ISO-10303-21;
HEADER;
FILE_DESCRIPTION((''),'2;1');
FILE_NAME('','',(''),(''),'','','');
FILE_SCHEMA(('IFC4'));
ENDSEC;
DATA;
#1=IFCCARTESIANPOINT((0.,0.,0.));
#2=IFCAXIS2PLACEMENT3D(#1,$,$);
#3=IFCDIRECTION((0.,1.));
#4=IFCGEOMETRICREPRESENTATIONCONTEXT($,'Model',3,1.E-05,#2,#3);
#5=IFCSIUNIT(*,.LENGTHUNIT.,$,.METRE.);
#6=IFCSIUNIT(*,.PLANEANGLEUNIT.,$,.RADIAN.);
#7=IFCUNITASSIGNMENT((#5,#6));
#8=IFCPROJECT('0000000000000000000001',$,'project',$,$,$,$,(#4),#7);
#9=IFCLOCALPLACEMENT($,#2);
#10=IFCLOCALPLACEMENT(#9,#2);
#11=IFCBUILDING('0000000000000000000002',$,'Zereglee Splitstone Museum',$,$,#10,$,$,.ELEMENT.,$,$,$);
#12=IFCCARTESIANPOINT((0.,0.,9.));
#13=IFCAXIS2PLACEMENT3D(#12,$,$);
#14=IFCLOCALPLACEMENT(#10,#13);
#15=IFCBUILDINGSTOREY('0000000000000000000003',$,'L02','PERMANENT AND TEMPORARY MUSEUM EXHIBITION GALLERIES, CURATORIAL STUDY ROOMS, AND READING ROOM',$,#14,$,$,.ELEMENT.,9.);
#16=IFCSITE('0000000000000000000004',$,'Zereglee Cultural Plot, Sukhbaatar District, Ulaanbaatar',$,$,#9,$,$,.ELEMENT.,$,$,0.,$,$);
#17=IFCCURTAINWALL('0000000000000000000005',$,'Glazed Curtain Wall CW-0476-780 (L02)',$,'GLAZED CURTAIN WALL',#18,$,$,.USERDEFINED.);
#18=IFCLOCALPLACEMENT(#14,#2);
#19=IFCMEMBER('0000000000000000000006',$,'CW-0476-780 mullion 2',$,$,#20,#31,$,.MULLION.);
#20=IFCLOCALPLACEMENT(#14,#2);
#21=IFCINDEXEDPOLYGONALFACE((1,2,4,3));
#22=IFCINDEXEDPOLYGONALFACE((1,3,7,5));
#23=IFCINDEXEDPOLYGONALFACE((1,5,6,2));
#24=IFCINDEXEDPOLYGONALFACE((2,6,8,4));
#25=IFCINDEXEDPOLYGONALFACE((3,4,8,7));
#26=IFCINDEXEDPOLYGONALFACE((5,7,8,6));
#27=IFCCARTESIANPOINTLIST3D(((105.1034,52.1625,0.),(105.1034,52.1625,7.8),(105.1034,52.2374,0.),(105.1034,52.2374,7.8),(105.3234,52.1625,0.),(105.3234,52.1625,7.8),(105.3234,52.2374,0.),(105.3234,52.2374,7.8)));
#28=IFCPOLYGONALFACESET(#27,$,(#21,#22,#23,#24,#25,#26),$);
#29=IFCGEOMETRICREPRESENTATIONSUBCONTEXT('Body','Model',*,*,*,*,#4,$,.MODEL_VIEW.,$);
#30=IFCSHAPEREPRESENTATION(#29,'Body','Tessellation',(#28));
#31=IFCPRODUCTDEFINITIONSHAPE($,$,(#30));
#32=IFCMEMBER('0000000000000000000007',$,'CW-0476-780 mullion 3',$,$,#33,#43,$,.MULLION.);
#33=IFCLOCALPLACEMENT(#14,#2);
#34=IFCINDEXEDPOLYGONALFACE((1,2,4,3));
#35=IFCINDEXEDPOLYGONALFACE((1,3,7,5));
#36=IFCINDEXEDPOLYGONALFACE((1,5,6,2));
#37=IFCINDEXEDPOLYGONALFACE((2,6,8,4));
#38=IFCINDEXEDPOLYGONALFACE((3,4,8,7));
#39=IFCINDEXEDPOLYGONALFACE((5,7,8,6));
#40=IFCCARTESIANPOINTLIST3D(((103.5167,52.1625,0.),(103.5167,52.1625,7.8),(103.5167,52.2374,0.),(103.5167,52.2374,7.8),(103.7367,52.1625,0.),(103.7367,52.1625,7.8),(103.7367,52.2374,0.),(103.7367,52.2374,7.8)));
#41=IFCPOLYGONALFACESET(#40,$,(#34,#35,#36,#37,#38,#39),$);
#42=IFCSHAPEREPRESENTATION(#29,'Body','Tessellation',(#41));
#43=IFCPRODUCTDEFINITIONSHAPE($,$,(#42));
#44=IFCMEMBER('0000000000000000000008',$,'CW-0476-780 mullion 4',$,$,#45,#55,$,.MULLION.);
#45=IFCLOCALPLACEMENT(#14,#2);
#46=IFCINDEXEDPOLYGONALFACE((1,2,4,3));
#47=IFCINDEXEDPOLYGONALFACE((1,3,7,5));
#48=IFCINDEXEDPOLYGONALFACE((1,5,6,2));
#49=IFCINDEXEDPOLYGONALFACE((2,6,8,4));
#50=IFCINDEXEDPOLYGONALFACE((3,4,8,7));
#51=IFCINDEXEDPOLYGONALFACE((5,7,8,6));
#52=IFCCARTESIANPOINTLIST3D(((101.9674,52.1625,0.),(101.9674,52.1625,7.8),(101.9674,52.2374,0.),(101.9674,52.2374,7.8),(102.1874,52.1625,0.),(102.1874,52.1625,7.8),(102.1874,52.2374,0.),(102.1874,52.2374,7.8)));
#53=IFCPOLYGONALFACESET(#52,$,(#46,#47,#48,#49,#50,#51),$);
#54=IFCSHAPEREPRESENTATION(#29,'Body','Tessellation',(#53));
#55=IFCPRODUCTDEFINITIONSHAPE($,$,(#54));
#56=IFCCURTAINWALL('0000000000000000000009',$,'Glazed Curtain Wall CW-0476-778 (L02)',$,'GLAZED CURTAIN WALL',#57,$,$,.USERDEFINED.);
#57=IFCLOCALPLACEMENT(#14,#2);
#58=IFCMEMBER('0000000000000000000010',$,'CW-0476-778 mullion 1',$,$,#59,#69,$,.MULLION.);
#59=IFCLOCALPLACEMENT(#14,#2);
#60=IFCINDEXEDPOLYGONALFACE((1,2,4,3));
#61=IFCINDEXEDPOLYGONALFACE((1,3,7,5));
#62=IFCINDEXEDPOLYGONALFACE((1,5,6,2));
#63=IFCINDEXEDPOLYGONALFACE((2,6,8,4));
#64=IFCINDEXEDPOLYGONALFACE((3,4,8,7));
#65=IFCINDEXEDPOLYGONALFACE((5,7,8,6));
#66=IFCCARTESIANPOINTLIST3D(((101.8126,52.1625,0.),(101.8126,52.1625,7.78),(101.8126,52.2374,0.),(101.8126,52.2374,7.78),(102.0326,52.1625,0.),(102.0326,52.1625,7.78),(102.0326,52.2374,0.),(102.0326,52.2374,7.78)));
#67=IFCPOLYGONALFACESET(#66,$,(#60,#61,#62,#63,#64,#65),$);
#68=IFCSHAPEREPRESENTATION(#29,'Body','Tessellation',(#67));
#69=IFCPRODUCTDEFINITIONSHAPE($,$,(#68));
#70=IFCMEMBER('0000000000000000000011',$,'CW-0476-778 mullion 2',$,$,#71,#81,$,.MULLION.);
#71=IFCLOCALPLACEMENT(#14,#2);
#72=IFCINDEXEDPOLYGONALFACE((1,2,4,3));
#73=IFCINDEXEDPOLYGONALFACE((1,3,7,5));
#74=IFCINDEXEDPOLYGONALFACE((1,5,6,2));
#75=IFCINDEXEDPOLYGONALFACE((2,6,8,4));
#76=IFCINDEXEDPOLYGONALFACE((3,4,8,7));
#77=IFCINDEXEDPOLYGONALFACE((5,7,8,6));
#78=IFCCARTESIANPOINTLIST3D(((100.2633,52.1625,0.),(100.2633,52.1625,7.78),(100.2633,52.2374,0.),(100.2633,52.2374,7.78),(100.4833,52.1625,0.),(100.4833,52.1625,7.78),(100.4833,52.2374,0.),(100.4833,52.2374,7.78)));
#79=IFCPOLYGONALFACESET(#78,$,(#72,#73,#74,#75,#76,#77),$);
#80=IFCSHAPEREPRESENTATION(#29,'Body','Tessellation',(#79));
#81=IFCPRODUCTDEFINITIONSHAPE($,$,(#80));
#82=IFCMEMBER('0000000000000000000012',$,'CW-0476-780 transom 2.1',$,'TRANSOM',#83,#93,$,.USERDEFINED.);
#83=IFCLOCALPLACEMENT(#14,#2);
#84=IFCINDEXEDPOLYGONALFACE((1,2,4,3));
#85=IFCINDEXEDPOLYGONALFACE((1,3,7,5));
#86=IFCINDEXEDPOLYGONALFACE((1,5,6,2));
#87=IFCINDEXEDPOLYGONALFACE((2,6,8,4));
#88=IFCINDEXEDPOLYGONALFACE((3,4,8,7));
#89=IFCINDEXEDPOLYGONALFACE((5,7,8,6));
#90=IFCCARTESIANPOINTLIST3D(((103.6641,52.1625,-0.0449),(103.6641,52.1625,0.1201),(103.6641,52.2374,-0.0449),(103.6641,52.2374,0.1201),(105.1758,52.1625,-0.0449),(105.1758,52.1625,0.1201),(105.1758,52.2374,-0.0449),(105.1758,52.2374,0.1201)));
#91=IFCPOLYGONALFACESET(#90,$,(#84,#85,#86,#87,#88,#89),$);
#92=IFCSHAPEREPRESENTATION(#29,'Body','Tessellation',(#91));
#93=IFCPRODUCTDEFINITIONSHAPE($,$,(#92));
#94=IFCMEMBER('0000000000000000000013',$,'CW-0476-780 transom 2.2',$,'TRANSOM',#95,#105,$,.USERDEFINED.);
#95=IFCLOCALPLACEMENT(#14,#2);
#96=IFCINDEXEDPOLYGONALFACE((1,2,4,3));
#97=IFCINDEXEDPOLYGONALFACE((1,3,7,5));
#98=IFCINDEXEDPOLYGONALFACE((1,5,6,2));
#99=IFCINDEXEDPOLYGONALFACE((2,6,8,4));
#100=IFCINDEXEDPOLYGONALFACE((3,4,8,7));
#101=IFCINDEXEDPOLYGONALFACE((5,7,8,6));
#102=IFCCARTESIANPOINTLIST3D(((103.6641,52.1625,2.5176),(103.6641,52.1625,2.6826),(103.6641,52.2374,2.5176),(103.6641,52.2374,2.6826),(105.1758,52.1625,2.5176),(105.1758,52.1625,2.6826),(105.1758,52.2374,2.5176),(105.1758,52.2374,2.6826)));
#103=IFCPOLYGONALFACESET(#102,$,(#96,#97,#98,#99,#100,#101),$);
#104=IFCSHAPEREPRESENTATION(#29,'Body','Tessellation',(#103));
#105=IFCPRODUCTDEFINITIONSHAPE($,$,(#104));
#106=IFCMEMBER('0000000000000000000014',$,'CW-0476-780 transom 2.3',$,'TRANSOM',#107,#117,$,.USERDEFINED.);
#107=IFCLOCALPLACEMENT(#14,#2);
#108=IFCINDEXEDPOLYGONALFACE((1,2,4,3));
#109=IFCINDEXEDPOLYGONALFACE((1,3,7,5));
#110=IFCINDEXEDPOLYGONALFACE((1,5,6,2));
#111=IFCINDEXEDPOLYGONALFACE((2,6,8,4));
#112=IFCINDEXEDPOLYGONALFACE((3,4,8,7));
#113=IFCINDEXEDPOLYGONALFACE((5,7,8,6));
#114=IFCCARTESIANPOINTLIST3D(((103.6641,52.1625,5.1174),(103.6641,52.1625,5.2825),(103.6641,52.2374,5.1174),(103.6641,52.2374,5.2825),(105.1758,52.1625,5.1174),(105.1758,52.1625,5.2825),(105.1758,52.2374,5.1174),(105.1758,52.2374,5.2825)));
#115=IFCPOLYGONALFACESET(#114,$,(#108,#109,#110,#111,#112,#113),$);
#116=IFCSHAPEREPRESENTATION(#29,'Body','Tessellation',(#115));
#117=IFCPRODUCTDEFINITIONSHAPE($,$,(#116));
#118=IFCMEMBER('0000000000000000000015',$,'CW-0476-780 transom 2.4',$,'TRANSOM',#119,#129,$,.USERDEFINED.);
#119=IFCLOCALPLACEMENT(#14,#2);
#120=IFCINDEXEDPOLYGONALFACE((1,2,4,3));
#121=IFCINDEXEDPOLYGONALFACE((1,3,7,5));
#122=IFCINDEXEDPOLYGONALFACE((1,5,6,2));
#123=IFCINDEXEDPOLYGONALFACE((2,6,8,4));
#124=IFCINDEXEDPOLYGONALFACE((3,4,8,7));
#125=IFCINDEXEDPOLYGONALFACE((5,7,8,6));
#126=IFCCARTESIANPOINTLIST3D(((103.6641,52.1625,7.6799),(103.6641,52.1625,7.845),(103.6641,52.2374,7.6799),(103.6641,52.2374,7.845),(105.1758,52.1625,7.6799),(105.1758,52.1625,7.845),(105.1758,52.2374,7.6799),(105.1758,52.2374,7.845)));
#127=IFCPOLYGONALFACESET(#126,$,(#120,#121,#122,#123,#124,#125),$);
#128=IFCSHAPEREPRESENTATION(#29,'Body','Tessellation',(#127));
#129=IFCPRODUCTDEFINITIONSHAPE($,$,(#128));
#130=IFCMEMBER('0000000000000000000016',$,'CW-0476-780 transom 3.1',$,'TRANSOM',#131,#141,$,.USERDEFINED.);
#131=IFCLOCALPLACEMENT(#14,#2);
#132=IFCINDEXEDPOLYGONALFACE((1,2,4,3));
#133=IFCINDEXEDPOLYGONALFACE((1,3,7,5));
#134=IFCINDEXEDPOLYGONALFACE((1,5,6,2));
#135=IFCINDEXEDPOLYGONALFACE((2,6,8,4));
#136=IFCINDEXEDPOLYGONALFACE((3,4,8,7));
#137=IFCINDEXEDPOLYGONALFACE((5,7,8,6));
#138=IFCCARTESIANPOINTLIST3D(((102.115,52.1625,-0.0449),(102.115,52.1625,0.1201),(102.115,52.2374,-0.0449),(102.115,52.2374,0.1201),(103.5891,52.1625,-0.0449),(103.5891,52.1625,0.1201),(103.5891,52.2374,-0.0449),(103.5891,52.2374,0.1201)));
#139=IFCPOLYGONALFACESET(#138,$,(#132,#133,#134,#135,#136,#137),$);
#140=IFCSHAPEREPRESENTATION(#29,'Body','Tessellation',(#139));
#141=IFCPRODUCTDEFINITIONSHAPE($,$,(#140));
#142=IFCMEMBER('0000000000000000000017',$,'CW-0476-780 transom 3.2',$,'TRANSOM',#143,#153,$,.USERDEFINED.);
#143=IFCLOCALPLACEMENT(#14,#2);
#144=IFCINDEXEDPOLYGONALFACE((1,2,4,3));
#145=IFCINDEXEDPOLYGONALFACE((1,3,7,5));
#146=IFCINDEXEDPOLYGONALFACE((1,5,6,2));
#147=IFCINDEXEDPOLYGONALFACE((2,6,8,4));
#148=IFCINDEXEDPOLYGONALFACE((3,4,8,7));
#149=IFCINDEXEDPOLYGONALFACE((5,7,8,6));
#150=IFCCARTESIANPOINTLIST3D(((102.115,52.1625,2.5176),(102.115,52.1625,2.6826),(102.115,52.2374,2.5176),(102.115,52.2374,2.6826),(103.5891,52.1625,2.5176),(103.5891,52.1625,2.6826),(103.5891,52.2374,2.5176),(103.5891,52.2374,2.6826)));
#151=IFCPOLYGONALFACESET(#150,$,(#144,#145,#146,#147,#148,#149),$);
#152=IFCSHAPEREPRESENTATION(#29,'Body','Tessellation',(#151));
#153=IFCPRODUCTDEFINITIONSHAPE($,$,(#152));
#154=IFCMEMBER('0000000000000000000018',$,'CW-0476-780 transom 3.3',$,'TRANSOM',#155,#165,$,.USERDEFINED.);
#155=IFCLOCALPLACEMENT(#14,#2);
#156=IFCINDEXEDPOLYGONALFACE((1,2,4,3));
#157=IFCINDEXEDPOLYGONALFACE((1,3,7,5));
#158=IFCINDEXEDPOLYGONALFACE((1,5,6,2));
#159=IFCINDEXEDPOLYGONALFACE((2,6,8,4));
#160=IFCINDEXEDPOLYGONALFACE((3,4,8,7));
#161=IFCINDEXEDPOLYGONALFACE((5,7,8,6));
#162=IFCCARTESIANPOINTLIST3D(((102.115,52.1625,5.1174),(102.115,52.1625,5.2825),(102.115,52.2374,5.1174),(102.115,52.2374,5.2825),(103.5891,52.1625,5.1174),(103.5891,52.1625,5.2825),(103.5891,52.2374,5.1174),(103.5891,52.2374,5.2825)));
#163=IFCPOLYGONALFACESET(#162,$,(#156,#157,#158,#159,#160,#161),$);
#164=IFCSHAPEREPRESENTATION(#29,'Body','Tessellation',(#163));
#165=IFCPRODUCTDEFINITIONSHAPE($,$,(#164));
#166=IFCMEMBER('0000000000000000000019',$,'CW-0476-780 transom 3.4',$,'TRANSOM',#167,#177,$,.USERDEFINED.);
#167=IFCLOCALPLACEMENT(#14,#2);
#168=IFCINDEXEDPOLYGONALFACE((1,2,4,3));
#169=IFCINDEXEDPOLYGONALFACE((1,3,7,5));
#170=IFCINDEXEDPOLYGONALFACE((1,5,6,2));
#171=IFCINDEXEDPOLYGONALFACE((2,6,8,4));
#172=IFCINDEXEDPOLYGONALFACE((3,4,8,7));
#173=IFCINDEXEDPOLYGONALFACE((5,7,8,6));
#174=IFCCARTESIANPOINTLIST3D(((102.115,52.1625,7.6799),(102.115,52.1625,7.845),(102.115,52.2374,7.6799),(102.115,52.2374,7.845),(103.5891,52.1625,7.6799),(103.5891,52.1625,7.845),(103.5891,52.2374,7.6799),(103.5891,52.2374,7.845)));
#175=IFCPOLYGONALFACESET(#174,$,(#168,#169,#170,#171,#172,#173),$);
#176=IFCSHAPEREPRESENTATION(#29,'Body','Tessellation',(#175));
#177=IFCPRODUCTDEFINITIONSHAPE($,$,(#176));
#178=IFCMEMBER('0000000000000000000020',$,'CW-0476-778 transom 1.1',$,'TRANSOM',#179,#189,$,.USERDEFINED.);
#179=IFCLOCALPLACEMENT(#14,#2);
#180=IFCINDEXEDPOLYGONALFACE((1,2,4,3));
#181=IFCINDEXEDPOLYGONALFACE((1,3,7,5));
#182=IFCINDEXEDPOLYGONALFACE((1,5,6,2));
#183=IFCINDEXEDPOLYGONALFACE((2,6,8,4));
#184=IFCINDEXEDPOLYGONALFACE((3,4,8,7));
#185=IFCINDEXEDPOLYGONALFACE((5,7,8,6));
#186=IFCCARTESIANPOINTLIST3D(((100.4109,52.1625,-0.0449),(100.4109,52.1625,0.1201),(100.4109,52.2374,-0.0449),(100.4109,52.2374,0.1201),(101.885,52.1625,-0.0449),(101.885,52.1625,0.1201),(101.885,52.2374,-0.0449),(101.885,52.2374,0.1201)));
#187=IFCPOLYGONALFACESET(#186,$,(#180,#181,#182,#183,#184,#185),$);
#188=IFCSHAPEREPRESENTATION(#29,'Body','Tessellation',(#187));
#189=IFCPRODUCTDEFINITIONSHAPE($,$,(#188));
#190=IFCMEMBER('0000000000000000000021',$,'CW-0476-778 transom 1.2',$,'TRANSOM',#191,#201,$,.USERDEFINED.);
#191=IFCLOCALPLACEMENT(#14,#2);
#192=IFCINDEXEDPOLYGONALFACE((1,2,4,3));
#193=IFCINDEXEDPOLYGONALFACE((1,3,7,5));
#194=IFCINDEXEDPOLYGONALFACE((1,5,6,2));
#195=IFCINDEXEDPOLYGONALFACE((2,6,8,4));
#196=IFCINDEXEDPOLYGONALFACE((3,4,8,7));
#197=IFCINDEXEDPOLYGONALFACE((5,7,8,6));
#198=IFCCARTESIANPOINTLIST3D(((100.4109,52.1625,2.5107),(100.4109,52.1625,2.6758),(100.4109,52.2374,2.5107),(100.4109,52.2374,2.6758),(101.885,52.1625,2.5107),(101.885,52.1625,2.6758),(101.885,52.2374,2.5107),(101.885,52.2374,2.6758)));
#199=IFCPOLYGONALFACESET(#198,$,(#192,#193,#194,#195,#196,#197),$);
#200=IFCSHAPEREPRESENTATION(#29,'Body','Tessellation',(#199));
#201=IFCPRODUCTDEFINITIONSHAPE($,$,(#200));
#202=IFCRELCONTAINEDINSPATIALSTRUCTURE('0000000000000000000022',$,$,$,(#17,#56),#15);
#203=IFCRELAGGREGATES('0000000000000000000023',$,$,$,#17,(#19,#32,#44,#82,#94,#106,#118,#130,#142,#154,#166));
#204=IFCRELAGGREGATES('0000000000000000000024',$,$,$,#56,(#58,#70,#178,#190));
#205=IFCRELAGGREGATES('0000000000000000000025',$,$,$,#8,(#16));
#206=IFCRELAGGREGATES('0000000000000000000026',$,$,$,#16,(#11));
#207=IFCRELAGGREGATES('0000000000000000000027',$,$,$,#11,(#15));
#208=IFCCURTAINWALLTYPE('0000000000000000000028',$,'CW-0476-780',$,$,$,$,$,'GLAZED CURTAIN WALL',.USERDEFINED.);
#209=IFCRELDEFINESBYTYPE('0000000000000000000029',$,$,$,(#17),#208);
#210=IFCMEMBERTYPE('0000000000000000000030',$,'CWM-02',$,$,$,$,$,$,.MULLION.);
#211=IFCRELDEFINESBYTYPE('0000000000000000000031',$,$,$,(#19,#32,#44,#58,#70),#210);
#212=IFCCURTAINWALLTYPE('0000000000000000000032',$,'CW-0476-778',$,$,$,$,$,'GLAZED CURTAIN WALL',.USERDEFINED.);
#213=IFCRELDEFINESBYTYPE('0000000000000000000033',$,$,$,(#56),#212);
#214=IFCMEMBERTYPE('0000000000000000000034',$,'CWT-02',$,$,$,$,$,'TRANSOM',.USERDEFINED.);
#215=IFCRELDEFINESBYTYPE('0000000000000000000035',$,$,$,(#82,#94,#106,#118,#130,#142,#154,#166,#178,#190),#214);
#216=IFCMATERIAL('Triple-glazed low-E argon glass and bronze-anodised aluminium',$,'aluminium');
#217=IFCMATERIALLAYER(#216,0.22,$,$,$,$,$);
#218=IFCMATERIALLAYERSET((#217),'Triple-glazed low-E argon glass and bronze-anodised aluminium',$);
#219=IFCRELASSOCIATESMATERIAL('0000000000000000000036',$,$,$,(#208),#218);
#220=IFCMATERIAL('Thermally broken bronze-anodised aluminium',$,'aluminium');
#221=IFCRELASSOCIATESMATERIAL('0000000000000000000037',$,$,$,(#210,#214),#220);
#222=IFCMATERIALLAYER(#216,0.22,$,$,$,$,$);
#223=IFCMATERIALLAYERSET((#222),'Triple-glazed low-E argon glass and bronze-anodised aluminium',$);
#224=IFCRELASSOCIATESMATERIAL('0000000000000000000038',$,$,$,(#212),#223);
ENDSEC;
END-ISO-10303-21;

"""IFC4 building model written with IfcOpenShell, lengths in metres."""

from ifc_helpers import new_model, si_unit, direction, frame, origin, origin_2d, place, context, subcontext, project, spatial, rectangle, extrude, material, layer, layer_set, material_profile, profile_set, type_object, element, aggregate, save


model = new_model("IFC4")

# Units and contexts
model_context = context("Model", 3, precision=1e-05, world=origin(), true_north=direction((0.0, 1.0)))
body_context = subcontext(model_context, "Body", "Model", "MODEL_VIEW")
ifc_project = project(units=[si_unit("LENGTHUNIT", "METRE"), si_unit("PLANEANGLEUNIT", "RADIAN")], contexts=[model_context])

# Site, building, storey
site_placement = place(None, origin())
site = spatial("IfcSite", under=ifc_project, at=site_placement, Name="Zereglee Cultural Plot, Sukhbaatar District, Ulaanbaatar", CompositionType="ELEMENT", RefElevation=0.0)
building_placement = place(site_placement, origin())
building = spatial("IfcBuilding", under=site, at=building_placement, Name="Zereglee Splitstone Museum", CompositionType="ELEMENT")
storey_placement = place(building_placement, frame((0.0, 0.0, 9.0)))
storey = spatial("IfcBuildingStorey", under=building, at=storey_placement, Name="L02", Description="PERMANENT AND TEMPORARY MUSEUM EXHIBITION GALLERIES, CURATORIAL STUDY ROOMS, AND READING ROOM", CompositionType="ELEMENT", Elevation=9.0)

# Curtain walls, members
ifc_material_1 = material(Name="Triple-glazed low-E argon glass and bronze-anodised aluminium", Category="aluminium")
ifc_layer_1 = layer(ifc_material_1, 0.22)
ifc_layer_set_1 = layer_set([ifc_layer_1], Name="Triple-glazed low-E argon glass and bronze-anodised aluminium")
curtain_wall_type_1 = type_object("IfcCurtainWallType", Name="CW-0476-780", ElementType="GLAZED CURTAIN WALL", PredefinedType="USERDEFINED", material=ifc_layer_set_1)
curtain_wall_1_placement = place(storey_placement, origin())
curtain_wall_1 = element("IfcCurtainWall", 1, at=curtain_wall_1_placement, inside=storey, type_object=curtain_wall_type_1, Name="Glazed Curtain Wall CW-0476-780 (L02)", ObjectType="GLAZED CURTAIN WALL", PredefinedType="USERDEFINED")
ifc_material_2 = material(Name="Thermally broken bronze-anodised aluminium", Category="aluminium")
ifc_material_profile_1 = material_profile(ifc_material_2, rectangle(XDim=0.075, YDim=0.22, at=origin_2d()), Name="CW MULL 75x220")
ifc_profile_set_1 = profile_set([ifc_material_profile_1], Name="Thermally broken bronze-anodised aluminium")
member_type_1 = type_object("IfcMemberType", Name="CWM-02", PredefinedType="MULLION", material=ifc_profile_set_1)
member_1_placement = place(storey_placement, frame((105.2134, 52.2, 0.0), z_axis=(0.0, 0.0, 1.0), x_axis=(0.0, -1.0, 0.0)))
member_1 = element("IfcMember", 2, at=member_1_placement, type_object=member_type_1, Name="CW-0476-780 mullion 2", PredefinedType="MULLION", context=body_context, shape_type="SweptSolid", body=[
    extrude(rectangle(XDim=0.075, YDim=0.22, at=origin_2d()), origin(), (0.0, 0.0, 1.0), 7.8),
])
member_2_placement = place(storey_placement, frame((103.6267, 52.2, 0.0), z_axis=(0.0, 0.0, 1.0), x_axis=(0.0, -1.0, 0.0)))
member_2 = element("IfcMember", 3, at=member_2_placement, type_object=member_type_1, Name="CW-0476-780 mullion 3", PredefinedType="MULLION", context=body_context, shape_type="SweptSolid", body=[
    extrude(rectangle(XDim=0.075, YDim=0.22, at=origin_2d()), origin(), (0.0, 0.0, 1.0), 7.8),
])
member_3_placement = place(storey_placement, frame((102.0774, 52.2, 0.0), z_axis=(0.0, 0.0, 1.0), x_axis=(0.0, -1.0, 0.0)))
member_3 = element("IfcMember", 4, at=member_3_placement, type_object=member_type_1, Name="CW-0476-780 mullion 4", PredefinedType="MULLION", context=body_context, shape_type="SweptSolid", body=[
    extrude(rectangle(XDim=0.075, YDim=0.22, at=origin_2d()), origin(), (0.0, 0.0, 1.0), 7.8),
])
ifc_layer_2 = layer(ifc_material_1, 0.22)
ifc_layer_set_2 = layer_set([ifc_layer_2], Name="Triple-glazed low-E argon glass and bronze-anodised aluminium")
curtain_wall_type_2 = type_object("IfcCurtainWallType", Name="CW-0476-778", ElementType="GLAZED CURTAIN WALL", PredefinedType="USERDEFINED", material=ifc_layer_set_2)
curtain_wall_2_placement = place(storey_placement, origin())
curtain_wall_2 = element("IfcCurtainWall", 5, at=curtain_wall_2_placement, inside=storey, type_object=curtain_wall_type_2, Name="Glazed Curtain Wall CW-0476-778 (L02)", ObjectType="GLAZED CURTAIN WALL", PredefinedType="USERDEFINED")
member_4_placement = place(storey_placement, frame((101.9226, 52.2, 0.0), z_axis=(0.0, 0.0, 1.0), x_axis=(0.0, -1.0, 0.0)))
member_4 = element("IfcMember", 6, at=member_4_placement, type_object=member_type_1, Name="CW-0476-778 mullion 1", PredefinedType="MULLION", context=body_context, shape_type="SweptSolid", body=[
    extrude(rectangle(XDim=0.075, YDim=0.22, at=origin_2d()), origin(), (0.0, 0.0, 1.0), 7.78),
])
member_5_placement = place(storey_placement, frame((100.3733, 52.2, 0.0), z_axis=(0.0, 0.0, 1.0), x_axis=(0.0, -1.0, 0.0)))
member_5 = element("IfcMember", 7, at=member_5_placement, type_object=member_type_1, Name="CW-0476-778 mullion 2", PredefinedType="MULLION", context=body_context, shape_type="SweptSolid", body=[
    extrude(rectangle(XDim=0.075, YDim=0.22, at=origin_2d()), origin(), (0.0, 0.0, 1.0), 7.78),
])

# Members
ifc_material_profile_2 = material_profile(ifc_material_2, rectangle(XDim=0.075, YDim=0.165, at=origin_2d()), Name="CW TRAN 75x165")
ifc_profile_set_2 = profile_set([ifc_material_profile_2], Name="Thermally broken bronze-anodised aluminium")
member_type_2 = type_object("IfcMemberType", Name="CWT-02", ElementType="TRANSOM", PredefinedType="USERDEFINED", material=ifc_profile_set_2)
member_6_placement = place(storey_placement, frame((105.1758, 52.2, 0.0376), z_axis=(-1.0, 0.0, 0.0), x_axis=(0.0, -1.0, 0.0)))
member_6 = element("IfcMember", 8, at=member_6_placement, type_object=member_type_2, Name="CW-0476-780 transom 2.1", ObjectType="TRANSOM", PredefinedType="USERDEFINED", context=body_context, shape_type="SweptSolid", body=[
    extrude(rectangle(XDim=0.075, YDim=0.165, at=origin_2d()), origin(), (0.0, 0.0, 1.0), 1.5117),
])
member_7_placement = place(storey_placement, frame((105.1758, 52.2, 2.6001), z_axis=(-1.0, 0.0, 0.0), x_axis=(0.0, -1.0, 0.0)))
member_7 = element("IfcMember", 9, at=member_7_placement, type_object=member_type_2, Name="CW-0476-780 transom 2.2", ObjectType="TRANSOM", PredefinedType="USERDEFINED", context=body_context, shape_type="SweptSolid", body=[
    extrude(rectangle(XDim=0.075, YDim=0.165, at=origin_2d()), origin(), (0.0, 0.0, 1.0), 1.5117),
])
member_8_placement = place(storey_placement, frame((105.1758, 52.2, 5.2), z_axis=(-1.0, 0.0, 0.0), x_axis=(0.0, -1.0, 0.0)))
member_8 = element("IfcMember", 10, at=member_8_placement, type_object=member_type_2, Name="CW-0476-780 transom 2.3", ObjectType="TRANSOM", PredefinedType="USERDEFINED", context=body_context, shape_type="SweptSolid", body=[
    extrude(rectangle(XDim=0.075, YDim=0.165, at=origin_2d()), origin(), (0.0, 0.0, 1.0), 1.5117),
])
member_9_placement = place(storey_placement, frame((105.1758, 52.2, 7.7625), z_axis=(-1.0, 0.0, 0.0), x_axis=(0.0, -1.0, 0.0)))
member_9 = element("IfcMember", 11, at=member_9_placement, type_object=member_type_2, Name="CW-0476-780 transom 2.4", ObjectType="TRANSOM", PredefinedType="USERDEFINED", context=body_context, shape_type="SweptSolid", body=[
    extrude(rectangle(XDim=0.075, YDim=0.165, at=origin_2d()), origin(), (0.0, 0.0, 1.0), 1.5117),
])
member_10_placement = place(storey_placement, frame((103.5891, 52.2, 0.0376), z_axis=(-1.0, 0.0, 0.0), x_axis=(0.0, -1.0, 0.0)))
member_10 = element("IfcMember", 12, at=member_10_placement, type_object=member_type_2, Name="CW-0476-780 transom 3.1", ObjectType="TRANSOM", PredefinedType="USERDEFINED", context=body_context, shape_type="SweptSolid", body=[
    extrude(rectangle(XDim=0.075, YDim=0.165, at=origin_2d()), origin(), (0.0, 0.0, 1.0), 1.4741),
])
member_11_placement = place(storey_placement, frame((103.5891, 52.2, 2.6001), z_axis=(-1.0, 0.0, 0.0), x_axis=(0.0, -1.0, 0.0)))
member_11 = element("IfcMember", 13, at=member_11_placement, type_object=member_type_2, Name="CW-0476-780 transom 3.2", ObjectType="TRANSOM", PredefinedType="USERDEFINED", context=body_context, shape_type="SweptSolid", body=[
    extrude(rectangle(XDim=0.075, YDim=0.165, at=origin_2d()), origin(), (0.0, 0.0, 1.0), 1.4741),
])
member_12_placement = place(storey_placement, frame((103.5891, 52.2, 5.2), z_axis=(-1.0, 0.0, 0.0), x_axis=(0.0, -1.0, 0.0)))
member_12 = element("IfcMember", 14, at=member_12_placement, type_object=member_type_2, Name="CW-0476-780 transom 3.3", ObjectType="TRANSOM", PredefinedType="USERDEFINED", context=body_context, shape_type="SweptSolid", body=[
    extrude(rectangle(XDim=0.075, YDim=0.165, at=origin_2d()), origin(), (0.0, 0.0, 1.0), 1.4741),
])
member_13_placement = place(storey_placement, frame((103.5891, 52.2, 7.7625), z_axis=(-1.0, 0.0, 0.0), x_axis=(0.0, -1.0, 0.0)))
member_13 = element("IfcMember", 15, at=member_13_placement, type_object=member_type_2, Name="CW-0476-780 transom 3.4", ObjectType="TRANSOM", PredefinedType="USERDEFINED", context=body_context, shape_type="SweptSolid", body=[
    extrude(rectangle(XDim=0.075, YDim=0.165, at=origin_2d()), origin(), (0.0, 0.0, 1.0), 1.4741),
])
member_14_placement = place(storey_placement, frame((101.885, 52.2, 0.0376), z_axis=(-1.0, 0.0, 0.0), x_axis=(0.0, -1.0, 0.0)))
member_14 = element("IfcMember", 16, at=member_14_placement, type_object=member_type_2, Name="CW-0476-778 transom 1.1", ObjectType="TRANSOM", PredefinedType="USERDEFINED", context=body_context, shape_type="SweptSolid", body=[
    extrude(rectangle(XDim=0.075, YDim=0.165, at=origin_2d()), origin(), (0.0, 0.0, 1.0), 1.4741),
])
member_15_placement = place(storey_placement, frame((101.885, 52.2, 2.5933), z_axis=(-1.0, 0.0, 0.0), x_axis=(0.0, -1.0, 0.0)))
member_15 = element("IfcMember", 17, at=member_15_placement, type_object=member_type_2, Name="CW-0476-778 transom 1.2", ObjectType="TRANSOM", PredefinedType="USERDEFINED", context=body_context, shape_type="SweptSolid", body=[
    extrude(rectangle(XDim=0.075, YDim=0.165, at=origin_2d()), origin(), (0.0, 0.0, 1.0), 1.4741),
])

aggregate(curtain_wall_1, [member_1, member_2, member_3, member_6, member_7, member_8, member_9, member_10, member_11, member_12, member_13])
aggregate(curtain_wall_2, [member_4, member_5, member_14, member_15])

save(model, "model.ifc")
